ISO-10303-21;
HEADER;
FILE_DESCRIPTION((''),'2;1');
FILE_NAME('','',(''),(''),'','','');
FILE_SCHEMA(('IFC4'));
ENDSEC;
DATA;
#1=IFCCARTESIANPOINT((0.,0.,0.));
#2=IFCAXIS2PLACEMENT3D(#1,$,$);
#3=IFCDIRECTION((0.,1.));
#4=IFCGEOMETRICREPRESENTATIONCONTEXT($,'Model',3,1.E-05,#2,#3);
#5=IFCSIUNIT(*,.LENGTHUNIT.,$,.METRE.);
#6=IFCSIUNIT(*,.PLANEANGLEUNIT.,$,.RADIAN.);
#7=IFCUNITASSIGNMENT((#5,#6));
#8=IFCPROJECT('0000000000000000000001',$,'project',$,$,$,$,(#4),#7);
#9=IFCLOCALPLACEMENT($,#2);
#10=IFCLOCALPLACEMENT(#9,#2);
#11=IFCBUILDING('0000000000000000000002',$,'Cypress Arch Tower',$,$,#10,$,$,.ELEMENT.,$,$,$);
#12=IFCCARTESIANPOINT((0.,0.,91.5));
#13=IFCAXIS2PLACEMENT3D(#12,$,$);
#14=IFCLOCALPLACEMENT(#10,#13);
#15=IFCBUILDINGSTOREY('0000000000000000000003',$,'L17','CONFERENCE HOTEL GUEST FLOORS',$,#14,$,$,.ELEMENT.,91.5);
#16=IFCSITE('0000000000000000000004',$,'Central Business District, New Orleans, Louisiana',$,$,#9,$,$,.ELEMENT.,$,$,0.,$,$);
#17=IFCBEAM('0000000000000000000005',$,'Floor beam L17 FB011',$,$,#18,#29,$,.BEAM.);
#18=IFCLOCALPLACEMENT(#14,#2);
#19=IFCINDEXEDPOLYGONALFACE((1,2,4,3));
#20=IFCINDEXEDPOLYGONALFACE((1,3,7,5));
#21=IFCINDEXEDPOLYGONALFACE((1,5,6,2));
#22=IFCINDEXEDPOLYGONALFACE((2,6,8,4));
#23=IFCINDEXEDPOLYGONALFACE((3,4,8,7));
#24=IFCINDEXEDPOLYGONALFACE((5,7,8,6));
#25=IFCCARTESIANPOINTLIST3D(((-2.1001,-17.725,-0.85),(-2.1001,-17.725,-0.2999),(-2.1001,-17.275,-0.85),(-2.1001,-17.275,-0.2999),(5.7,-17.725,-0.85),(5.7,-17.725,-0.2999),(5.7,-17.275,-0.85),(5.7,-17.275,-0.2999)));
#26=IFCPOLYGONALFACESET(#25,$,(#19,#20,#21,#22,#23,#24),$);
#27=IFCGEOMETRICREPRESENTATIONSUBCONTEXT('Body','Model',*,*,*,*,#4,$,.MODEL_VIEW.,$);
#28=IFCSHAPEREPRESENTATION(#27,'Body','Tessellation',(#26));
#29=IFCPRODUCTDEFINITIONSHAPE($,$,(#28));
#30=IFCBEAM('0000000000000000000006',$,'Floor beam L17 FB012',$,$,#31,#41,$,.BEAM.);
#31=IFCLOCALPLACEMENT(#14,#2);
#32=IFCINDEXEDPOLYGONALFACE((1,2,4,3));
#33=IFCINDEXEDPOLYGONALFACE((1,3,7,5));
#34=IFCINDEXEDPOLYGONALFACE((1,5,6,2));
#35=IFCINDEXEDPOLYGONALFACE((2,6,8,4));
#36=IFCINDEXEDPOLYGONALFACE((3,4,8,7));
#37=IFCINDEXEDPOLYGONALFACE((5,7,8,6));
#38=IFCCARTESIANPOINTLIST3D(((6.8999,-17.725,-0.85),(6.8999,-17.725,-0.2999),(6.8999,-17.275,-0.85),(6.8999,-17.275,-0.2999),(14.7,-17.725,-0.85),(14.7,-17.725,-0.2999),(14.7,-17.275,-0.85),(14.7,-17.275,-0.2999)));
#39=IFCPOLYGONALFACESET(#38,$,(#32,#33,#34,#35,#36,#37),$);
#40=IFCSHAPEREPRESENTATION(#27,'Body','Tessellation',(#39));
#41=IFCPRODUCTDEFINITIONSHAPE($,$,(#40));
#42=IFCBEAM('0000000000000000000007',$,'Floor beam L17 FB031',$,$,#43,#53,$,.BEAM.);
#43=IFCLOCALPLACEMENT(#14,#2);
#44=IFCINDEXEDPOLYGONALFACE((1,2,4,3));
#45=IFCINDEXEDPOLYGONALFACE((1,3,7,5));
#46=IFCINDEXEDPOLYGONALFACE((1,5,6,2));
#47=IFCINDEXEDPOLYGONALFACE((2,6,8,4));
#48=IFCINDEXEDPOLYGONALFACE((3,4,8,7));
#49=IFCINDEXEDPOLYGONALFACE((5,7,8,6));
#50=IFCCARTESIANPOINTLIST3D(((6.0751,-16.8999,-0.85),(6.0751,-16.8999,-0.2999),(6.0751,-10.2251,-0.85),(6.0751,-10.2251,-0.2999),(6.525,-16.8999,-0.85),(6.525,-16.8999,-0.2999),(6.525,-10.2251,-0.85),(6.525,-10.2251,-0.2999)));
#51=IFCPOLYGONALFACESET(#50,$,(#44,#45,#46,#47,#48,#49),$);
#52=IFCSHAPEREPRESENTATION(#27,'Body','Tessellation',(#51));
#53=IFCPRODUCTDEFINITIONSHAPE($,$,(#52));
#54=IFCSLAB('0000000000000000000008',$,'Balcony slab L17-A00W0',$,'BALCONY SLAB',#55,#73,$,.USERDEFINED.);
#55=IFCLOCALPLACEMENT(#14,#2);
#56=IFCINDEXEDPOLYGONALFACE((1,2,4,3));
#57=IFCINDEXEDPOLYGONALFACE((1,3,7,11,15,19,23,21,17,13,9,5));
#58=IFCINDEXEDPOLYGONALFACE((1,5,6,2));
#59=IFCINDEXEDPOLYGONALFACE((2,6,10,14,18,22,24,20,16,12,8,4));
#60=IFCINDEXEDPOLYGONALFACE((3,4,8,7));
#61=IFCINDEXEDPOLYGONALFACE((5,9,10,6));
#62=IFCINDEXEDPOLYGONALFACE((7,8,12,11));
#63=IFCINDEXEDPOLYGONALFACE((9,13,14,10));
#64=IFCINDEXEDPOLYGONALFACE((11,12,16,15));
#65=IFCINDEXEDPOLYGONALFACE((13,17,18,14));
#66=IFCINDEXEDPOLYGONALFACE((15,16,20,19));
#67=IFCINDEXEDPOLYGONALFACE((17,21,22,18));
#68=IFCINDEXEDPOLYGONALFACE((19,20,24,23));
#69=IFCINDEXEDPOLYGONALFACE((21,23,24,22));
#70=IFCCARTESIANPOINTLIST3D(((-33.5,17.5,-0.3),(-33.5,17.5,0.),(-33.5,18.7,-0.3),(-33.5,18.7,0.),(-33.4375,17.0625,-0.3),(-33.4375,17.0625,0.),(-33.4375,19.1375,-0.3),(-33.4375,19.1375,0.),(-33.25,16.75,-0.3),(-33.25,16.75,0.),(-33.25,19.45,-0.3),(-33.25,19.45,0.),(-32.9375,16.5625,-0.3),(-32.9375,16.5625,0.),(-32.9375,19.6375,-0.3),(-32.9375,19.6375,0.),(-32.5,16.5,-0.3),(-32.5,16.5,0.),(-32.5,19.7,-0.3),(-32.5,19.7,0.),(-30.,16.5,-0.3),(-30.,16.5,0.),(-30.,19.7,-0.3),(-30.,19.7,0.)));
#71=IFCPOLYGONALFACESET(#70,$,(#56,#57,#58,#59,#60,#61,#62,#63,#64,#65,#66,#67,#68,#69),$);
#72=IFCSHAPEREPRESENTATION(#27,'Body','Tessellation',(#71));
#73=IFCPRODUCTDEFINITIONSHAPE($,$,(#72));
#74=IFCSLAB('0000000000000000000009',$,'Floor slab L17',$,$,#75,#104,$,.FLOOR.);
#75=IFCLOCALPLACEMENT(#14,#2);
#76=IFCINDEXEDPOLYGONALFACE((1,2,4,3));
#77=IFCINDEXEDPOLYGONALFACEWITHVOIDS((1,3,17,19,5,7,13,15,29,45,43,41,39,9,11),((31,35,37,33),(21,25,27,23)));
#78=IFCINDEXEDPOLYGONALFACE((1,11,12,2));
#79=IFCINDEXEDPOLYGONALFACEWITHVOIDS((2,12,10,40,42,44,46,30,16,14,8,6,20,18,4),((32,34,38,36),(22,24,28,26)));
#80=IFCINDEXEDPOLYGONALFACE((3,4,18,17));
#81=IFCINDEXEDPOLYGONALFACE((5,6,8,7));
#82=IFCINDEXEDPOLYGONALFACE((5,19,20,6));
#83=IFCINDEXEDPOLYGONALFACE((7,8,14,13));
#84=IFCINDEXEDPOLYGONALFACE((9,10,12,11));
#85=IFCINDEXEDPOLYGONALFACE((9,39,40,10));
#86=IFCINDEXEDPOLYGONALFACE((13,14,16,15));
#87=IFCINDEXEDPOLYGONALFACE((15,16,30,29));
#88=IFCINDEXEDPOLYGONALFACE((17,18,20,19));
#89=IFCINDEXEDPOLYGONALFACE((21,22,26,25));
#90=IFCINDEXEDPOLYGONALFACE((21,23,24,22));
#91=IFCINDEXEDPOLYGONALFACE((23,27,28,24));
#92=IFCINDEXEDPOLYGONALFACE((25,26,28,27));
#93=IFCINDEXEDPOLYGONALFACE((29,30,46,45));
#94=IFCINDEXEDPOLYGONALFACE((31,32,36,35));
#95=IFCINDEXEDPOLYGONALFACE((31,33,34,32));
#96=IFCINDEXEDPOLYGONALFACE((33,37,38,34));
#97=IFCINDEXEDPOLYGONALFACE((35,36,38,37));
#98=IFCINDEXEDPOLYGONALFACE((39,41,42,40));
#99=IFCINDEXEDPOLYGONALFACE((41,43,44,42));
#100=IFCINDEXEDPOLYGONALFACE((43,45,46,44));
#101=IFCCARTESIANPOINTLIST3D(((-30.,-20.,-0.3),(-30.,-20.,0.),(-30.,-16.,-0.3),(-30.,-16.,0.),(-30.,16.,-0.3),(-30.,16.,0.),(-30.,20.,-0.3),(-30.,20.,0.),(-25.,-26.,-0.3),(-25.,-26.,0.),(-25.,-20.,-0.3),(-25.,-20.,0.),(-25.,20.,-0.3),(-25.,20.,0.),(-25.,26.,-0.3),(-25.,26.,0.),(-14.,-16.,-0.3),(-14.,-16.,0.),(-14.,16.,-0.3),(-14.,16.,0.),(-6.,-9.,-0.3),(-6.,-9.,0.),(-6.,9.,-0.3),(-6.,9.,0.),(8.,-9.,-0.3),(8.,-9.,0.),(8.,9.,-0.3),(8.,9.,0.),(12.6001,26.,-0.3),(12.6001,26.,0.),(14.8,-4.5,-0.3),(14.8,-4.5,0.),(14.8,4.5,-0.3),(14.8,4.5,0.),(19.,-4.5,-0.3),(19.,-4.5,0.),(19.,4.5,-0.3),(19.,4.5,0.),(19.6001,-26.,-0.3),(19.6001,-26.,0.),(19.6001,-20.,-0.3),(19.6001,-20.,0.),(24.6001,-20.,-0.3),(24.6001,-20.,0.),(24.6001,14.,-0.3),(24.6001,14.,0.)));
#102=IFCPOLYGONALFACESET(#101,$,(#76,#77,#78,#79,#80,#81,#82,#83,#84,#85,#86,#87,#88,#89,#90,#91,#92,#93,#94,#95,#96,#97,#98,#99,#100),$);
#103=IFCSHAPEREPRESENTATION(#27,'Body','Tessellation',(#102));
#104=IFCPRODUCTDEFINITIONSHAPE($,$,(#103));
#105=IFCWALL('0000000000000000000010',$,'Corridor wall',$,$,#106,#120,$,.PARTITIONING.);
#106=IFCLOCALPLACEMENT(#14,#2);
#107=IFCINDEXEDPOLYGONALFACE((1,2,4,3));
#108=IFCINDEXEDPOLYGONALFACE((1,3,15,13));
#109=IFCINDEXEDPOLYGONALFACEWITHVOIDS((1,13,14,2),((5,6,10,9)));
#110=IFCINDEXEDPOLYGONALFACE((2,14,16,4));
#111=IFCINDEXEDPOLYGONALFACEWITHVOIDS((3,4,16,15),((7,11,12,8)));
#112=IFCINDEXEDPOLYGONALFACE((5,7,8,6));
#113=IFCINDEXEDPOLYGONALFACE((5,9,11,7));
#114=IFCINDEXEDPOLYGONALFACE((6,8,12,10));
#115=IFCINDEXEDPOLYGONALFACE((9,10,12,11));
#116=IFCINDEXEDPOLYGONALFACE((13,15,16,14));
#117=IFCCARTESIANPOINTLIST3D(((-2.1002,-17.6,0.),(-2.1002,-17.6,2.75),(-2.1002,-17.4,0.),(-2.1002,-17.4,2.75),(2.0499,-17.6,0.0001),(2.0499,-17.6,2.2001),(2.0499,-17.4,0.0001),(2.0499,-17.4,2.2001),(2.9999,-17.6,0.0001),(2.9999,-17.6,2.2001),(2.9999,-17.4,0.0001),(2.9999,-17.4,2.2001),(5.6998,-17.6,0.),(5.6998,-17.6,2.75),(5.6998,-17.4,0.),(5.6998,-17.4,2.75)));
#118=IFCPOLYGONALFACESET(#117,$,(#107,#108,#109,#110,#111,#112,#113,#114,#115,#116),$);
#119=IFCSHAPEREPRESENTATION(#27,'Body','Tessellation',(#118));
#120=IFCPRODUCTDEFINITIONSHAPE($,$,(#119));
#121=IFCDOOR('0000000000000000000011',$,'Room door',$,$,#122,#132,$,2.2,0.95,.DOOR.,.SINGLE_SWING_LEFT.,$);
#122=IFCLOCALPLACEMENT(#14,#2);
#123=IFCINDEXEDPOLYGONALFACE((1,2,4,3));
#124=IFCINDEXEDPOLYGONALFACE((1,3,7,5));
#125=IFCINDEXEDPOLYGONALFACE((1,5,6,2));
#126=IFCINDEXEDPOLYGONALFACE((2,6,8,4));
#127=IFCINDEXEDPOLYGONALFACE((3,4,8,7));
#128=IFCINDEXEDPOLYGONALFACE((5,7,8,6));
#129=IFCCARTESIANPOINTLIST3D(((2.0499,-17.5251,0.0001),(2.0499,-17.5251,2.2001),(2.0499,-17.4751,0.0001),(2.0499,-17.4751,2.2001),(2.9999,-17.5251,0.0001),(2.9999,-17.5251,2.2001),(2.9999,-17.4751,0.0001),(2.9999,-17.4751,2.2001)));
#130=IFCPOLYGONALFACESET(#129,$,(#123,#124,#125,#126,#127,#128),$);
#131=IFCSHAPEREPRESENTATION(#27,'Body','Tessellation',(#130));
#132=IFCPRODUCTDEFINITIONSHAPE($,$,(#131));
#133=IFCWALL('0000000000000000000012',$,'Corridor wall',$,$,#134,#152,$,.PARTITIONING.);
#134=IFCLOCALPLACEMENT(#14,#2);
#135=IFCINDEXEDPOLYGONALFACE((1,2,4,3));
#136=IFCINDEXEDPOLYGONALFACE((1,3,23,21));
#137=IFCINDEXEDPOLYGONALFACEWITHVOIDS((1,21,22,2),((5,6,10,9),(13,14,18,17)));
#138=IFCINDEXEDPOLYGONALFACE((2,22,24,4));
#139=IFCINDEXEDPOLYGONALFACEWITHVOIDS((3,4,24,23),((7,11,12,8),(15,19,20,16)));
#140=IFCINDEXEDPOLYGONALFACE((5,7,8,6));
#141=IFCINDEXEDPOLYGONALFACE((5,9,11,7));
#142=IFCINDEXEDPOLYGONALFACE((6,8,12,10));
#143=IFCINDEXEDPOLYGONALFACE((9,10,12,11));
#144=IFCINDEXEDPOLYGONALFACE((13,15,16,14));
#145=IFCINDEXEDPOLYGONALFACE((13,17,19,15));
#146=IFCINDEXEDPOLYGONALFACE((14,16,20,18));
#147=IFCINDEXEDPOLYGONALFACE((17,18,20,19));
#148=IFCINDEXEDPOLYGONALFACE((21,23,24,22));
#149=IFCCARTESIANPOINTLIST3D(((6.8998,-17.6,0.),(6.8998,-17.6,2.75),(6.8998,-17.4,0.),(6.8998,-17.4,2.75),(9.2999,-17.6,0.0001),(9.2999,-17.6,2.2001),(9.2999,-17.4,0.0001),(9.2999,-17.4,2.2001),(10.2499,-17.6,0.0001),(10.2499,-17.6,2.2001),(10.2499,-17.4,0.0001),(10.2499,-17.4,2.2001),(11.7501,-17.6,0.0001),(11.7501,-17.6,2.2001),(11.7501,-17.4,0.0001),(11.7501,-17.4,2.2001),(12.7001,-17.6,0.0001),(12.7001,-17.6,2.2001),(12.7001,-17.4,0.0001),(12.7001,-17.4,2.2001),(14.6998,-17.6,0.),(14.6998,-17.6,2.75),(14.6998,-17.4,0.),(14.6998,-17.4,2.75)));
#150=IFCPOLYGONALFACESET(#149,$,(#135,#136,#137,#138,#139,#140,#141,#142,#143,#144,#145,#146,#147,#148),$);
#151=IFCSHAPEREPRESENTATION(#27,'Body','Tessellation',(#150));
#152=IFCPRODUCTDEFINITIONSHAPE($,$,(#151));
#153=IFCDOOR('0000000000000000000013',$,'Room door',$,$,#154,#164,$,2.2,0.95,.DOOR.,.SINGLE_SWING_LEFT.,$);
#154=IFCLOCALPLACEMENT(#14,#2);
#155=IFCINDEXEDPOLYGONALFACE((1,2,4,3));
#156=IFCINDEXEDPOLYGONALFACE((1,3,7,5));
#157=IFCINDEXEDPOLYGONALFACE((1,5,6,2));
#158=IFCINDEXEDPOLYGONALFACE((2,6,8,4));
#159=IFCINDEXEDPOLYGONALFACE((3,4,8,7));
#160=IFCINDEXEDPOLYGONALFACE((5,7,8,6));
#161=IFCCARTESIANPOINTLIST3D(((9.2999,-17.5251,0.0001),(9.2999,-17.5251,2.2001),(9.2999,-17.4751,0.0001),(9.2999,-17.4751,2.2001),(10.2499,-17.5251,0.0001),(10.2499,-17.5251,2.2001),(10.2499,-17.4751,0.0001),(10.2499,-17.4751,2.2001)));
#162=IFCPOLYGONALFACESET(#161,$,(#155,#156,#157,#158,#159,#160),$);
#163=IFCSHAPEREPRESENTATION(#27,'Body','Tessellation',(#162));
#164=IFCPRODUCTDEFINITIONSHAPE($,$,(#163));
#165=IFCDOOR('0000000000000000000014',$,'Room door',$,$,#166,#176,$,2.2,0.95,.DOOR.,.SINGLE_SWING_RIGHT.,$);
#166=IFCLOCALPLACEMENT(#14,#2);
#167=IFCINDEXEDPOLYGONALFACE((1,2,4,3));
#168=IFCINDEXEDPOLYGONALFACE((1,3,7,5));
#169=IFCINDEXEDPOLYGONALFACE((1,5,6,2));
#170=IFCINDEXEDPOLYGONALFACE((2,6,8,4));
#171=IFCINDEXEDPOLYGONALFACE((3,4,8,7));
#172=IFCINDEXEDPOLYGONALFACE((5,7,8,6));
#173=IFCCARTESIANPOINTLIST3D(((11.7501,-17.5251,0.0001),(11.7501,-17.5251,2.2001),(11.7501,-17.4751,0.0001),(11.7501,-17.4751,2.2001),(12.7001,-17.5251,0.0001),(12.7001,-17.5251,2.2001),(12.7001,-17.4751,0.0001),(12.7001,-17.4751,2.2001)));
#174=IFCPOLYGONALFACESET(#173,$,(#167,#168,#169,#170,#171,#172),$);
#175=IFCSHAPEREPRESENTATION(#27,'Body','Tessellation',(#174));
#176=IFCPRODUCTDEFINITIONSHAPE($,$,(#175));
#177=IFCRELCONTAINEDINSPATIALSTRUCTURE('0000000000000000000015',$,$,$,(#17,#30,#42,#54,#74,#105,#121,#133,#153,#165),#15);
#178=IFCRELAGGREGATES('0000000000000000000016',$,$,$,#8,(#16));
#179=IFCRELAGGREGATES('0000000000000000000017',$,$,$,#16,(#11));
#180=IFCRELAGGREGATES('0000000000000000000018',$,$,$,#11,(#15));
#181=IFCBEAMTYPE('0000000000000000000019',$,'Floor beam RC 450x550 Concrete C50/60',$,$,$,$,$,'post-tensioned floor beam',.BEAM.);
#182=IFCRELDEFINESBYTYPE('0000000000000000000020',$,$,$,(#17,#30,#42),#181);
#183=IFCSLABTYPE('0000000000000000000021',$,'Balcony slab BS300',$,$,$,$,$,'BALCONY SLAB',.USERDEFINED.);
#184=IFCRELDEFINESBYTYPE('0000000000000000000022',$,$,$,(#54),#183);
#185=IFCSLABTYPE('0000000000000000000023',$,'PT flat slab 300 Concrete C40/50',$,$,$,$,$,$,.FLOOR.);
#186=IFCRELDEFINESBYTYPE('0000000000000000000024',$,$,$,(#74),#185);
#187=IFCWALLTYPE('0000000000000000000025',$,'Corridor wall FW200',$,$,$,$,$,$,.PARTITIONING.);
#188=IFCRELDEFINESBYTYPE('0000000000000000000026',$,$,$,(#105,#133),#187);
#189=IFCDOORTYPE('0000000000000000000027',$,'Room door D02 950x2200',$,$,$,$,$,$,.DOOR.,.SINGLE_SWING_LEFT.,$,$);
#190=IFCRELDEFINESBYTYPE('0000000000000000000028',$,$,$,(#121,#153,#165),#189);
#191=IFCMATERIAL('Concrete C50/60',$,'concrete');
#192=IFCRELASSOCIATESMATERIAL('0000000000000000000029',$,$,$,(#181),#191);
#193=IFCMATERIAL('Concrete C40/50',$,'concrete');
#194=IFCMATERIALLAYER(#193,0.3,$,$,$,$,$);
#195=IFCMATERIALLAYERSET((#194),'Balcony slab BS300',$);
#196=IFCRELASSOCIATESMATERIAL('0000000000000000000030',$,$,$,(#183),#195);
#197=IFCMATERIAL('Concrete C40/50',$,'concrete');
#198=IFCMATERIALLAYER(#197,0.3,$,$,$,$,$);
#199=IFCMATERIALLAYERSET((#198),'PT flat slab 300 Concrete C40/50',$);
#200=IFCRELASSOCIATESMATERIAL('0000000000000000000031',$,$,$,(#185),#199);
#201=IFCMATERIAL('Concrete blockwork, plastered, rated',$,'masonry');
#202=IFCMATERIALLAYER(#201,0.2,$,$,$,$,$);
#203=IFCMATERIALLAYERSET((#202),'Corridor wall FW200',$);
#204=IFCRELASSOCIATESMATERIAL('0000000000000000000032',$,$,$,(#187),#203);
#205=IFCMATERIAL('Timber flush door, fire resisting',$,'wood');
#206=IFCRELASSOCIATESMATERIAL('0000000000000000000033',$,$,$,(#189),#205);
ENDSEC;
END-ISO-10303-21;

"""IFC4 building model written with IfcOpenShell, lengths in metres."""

from ifc_helpers import new_model, si_unit, direction, frame, frame_2d, origin, origin_2d, place, context, subcontext, project, spatial, polyline, rectangle, outline, extrude, material, layer, layer_set, material_profile, profile_set, type_object, element, fill, save


model = new_model("IFC4")

# Units and contexts
model_context = context("Model", 3, precision=1e-05, world=origin(), true_north=direction((0.0, 1.0)))
body_context = subcontext(model_context, "Body", "Model", "MODEL_VIEW")
ifc_project = project(units=[si_unit("LENGTHUNIT", "METRE"), si_unit("PLANEANGLEUNIT", "RADIAN")], contexts=[model_context])

# Site, building, storey
site_placement = place(None, origin())
site = spatial("IfcSite", under=ifc_project, at=site_placement, Name="Central Business District, New Orleans, Louisiana", CompositionType="ELEMENT", RefElevation=0.0)
building_placement = place(site_placement, origin())
building = spatial("IfcBuilding", under=site, at=building_placement, Name="Cypress Arch Tower", CompositionType="ELEMENT")
storey_placement = place(building_placement, frame((0.0, 0.0, 91.5)))
storey = spatial("IfcBuildingStorey", under=building, at=storey_placement, Name="L17", Description="CONFERENCE HOTEL GUEST FLOORS", CompositionType="ELEMENT", Elevation=91.5)

# Beams
ifc_material_1 = material(Name="Concrete C50/60", Category="concrete")
ifc_material_profile_1 = material_profile(ifc_material_1, rectangle(XDim=0.45, YDim=0.55, at=origin_2d()), Name="RC 450x550")
ifc_profile_set_1 = profile_set([ifc_material_profile_1], Name="Concrete C50/60")
beam_type_1 = type_object("IfcBeamType", Name="Floor beam RC 450x550 Concrete C50/60", ElementType="post-tensioned floor beam", PredefinedType="BEAM", material=ifc_profile_set_1)
for number, where, z_axis, x_axis, name in (
    (1, (-2.1001, -17.5, -0.575), (1.0, 0.0, 0.0), (0.0, 1.0, 0.0), "Floor beam L17 FB011"),
    (2, (6.8999, -17.5, -0.575), (1.0, 0.0, 0.0), (0.0, 1.0, 0.0), "Floor beam L17 FB012"),
):
    element("IfcBeam", number, at=place(storey_placement, frame(where, z_axis=z_axis, x_axis=x_axis)), inside=storey, type_object=beam_type_1, Name=name, PredefinedType="BEAM", context=body_context, shape_type="SweptSolid", body=[
        extrude(rectangle(XDim=0.45, YDim=0.55, at=origin_2d()), origin(), (0.0, 0.0, 1.0), 7.8),
    ])
beam_1_placement = place(storey_placement, frame((6.3, -16.8999, -0.575), z_axis=(0.0, 1.0, 0.0), x_axis=(-1.0, 0.0, 0.0)))
element("IfcBeam", 3, at=beam_1_placement, inside=storey, type_object=beam_type_1, Name="Floor beam L17 FB031", PredefinedType="BEAM", context=body_context, shape_type="SweptSolid", body=[
    extrude(rectangle(XDim=0.45, YDim=0.55, at=origin_2d()), origin(), (0.0, 0.0, 1.0), 6.6748),
])

# Slabs
ifc_material_2 = material(Name="Concrete C40/50", Category="concrete")
ifc_layer_1 = layer(ifc_material_2, 0.3)
ifc_layer_set_1 = layer_set([ifc_layer_1], Name="Balcony slab BS300")
slab_type_1 = type_object("IfcSlabType", Name="Balcony slab BS300", ElementType="BALCONY SLAB", PredefinedType="USERDEFINED", material=ifc_layer_set_1)
slab_1_placement = place(storey_placement, frame((0.0, 0.0, -0.3)))
element("IfcSlab", 4, at=slab_1_placement, inside=storey, type_object=slab_type_1, Name="Balcony slab L17-A00W0", ObjectType="BALCONY SLAB", PredefinedType="USERDEFINED", context=body_context, shape_type="SweptSolid", body=[
    extrude(outline(polyline([(-30.0, 19.7), (-32.5, 19.7), (-32.9375, 19.6375), (-33.25, 19.45), (-33.4375, 19.1375), (-33.5, 18.7), (-33.5, 17.5), (-33.4375, 17.0625), (-33.25, 16.75), (-32.9375, 16.5625), (-32.5, 16.5), (-30.0, 16.5), (-30.0, 19.7)])), origin(), (0.0, 0.0, 1.0), 0.3),
])
ifc_material_3 = material(Name="Concrete C40/50", Category="concrete")
ifc_layer_2 = layer(ifc_material_3, 0.3)
ifc_layer_set_2 = layer_set([ifc_layer_2], Name="PT flat slab 300 Concrete C40/50")
slab_type_2 = type_object("IfcSlabType", Name="PT flat slab 300 Concrete C40/50", PredefinedType="FLOOR", material=ifc_layer_set_2)
slab_2_placement = place(storey_placement, frame((0.0, 0.0, -0.3)))
element("IfcSlab", 5, at=slab_2_placement, inside=storey, type_object=slab_type_2, Name="Floor slab L17", PredefinedType="FLOOR", context=body_context, shape_type="SweptSolid", body=[
    extrude(outline(polyline([(-30.0, 20.0), (-25.0, 20.0), (-25.0, 26.0), (12.6001, 26.0), (24.6001, 14.0), (24.6001, -20.0), (19.6001, -20.0), (19.6001, -26.0), (-25.0, -26.0), (-25.0, -20.0), (-30.0, -20.0), (-30.0, -16.0), (-14.0, -16.0), (-14.0, 16.0), (-30.0, 16.0), (-30.0, 20.0)]), holes=[polyline([(-6.0, -9.0), (8.0, -9.0), (8.0, 9.0), (-6.0, 9.0), (-6.0, -9.0)]), polyline([(14.8, -4.5), (19.0, -4.5), (19.0, 4.5), (14.8, 4.5), (14.8, -4.5)])]), origin(), (0.0, 0.0, 1.0), 0.3),
])

# Wall, opening, door
ifc_material_4 = material(Name="Concrete blockwork, plastered, rated", Category="masonry")
ifc_layer_3 = layer(ifc_material_4, 0.2)
ifc_layer_set_3 = layer_set([ifc_layer_3], Name="Corridor wall FW200")
wall_type_1 = type_object("IfcWallType", Name="Corridor wall FW200", PredefinedType="PARTITIONING", material=ifc_layer_set_3)
wall_1_placement = place(storey_placement, frame((-2.1001, -17.5, 0.0), z_axis=(0.0, 0.0, 1.0), x_axis=(1.0, 0.0, 0.0)))
wall_1 = element("IfcWall", 6, at=wall_1_placement, inside=storey, type_object=wall_type_1, Name="Corridor wall", PredefinedType="PARTITIONING", context=body_context, shape_type="SweptSolid", body=[
    extrude(rectangle(XDim=7.8, YDim=0.2, at=frame_2d((3.8999, 0.0))), origin(), (0.0, 0.0, 1.0), 2.75),
])
opening_1_placement = place(wall_1_placement, frame((4.1499, 0.0, 0.0)))
opening_1 = element("IfcOpeningElement", 7, at=opening_1_placement, cuts=wall_1, PredefinedType="OPENING", context=body_context, shape_type="SweptSolid", body=[
    extrude(rectangle(XDim=0.95, YDim=2.2, at=frame_2d((0.4751, 1.1001))), frame((0.0, 0.1099, 0.0), z_axis=(0.0, -1.0, 0.0), x_axis=(1.0, 0.0, 0.0)), (0.0, 0.0, 1.0), 0.22),
])
ifc_material_5 = material(Name="Timber flush door, fire resisting", Category="wood")
door_type_1 = type_object("IfcDoorType", Name="Room door D02 950x2200", OperationType="SINGLE_SWING_LEFT", PredefinedType="DOOR", material=ifc_material_5)
door_1_placement = place(opening_1_placement, origin())
door_1 = element("IfcDoor", 8, at=door_1_placement, inside=storey, type_object=door_type_1, Name="Room door", OperationType="SINGLE_SWING_LEFT", OverallHeight=2.2, OverallWidth=0.95, PredefinedType="DOOR", context=body_context, shape_type="SweptSolid", body=[
    extrude(rectangle(XDim=0.95, YDim=2.2, at=frame_2d((0.4751, 1.1001))), frame((0.0, 0.0249, 0.0), z_axis=(0.0, -1.0, 0.0), x_axis=(1.0, 0.0, 0.0)), (0.0, 0.0, 1.0), 0.05),
])
fill(opening_1, door_1)

# Wall, openings, doors
wall_2_placement = place(storey_placement, frame((6.8999, -17.5, 0.0), z_axis=(0.0, 0.0, 1.0), x_axis=(1.0, 0.0, 0.0)))
wall_2 = element("IfcWall", 9, at=wall_2_placement, inside=storey, type_object=wall_type_1, Name="Corridor wall", PredefinedType="PARTITIONING", context=body_context, shape_type="SweptSolid", body=[
    extrude(rectangle(XDim=7.8, YDim=0.2, at=frame_2d((3.8999, 0.0))), origin(), (0.0, 0.0, 1.0), 2.75),
])
opening_2_placement = place(wall_2_placement, frame((2.3999, 0.0, 0.0)))
opening_2 = element("IfcOpeningElement", 10, at=opening_2_placement, cuts=wall_2, PredefinedType="OPENING", context=body_context, shape_type="SweptSolid", body=[
    extrude(rectangle(XDim=0.95, YDim=2.2, at=frame_2d((0.4751, 1.1001))), frame((0.0, 0.1099, 0.0), z_axis=(0.0, -1.0, 0.0), x_axis=(1.0, 0.0, 0.0)), (0.0, 0.0, 1.0), 0.22),
])
opening_3_placement = place(wall_2_placement, frame((4.8501, 0.0, 0.0)))
opening_3 = element("IfcOpeningElement", 11, at=opening_3_placement, cuts=wall_2, PredefinedType="OPENING", context=body_context, shape_type="SweptSolid", body=[
    extrude(rectangle(XDim=0.95, YDim=2.2, at=frame_2d((0.4751, 1.1001))), frame((0.0, 0.1099, 0.0), z_axis=(0.0, -1.0, 0.0), x_axis=(1.0, 0.0, 0.0)), (0.0, 0.0, 1.0), 0.22),
])
door_2_placement = place(opening_2_placement, origin())
door_2 = element("IfcDoor", 12, at=door_2_placement, inside=storey, type_object=door_type_1, Name="Room door", OperationType="SINGLE_SWING_LEFT", OverallHeight=2.2, OverallWidth=0.95, PredefinedType="DOOR", context=body_context, shape_type="SweptSolid", body=[
    extrude(rectangle(XDim=0.95, YDim=2.2, at=frame_2d((0.4751, 1.1001))), frame((0.0, 0.0249, 0.0), z_axis=(0.0, -1.0, 0.0), x_axis=(1.0, 0.0, 0.0)), (0.0, 0.0, 1.0), 0.05),
])
fill(opening_2, door_2)
door_3_placement = place(opening_3_placement, origin())
door_3 = element("IfcDoor", 13, at=door_3_placement, inside=storey, type_object=door_type_1, Name="Room door", OperationType="SINGLE_SWING_RIGHT", OverallHeight=2.2, OverallWidth=0.95, PredefinedType="DOOR", context=body_context, shape_type="SweptSolid", body=[
    extrude(rectangle(XDim=0.95, YDim=2.2, at=frame_2d((0.4751, 1.1001))), frame((0.0, 0.0249, 0.0), z_axis=(0.0, -1.0, 0.0), x_axis=(1.0, 0.0, 0.0)), (0.0, 0.0, 1.0), 0.05),
])
fill(opening_3, door_3)

save(model, "model.ifc")
